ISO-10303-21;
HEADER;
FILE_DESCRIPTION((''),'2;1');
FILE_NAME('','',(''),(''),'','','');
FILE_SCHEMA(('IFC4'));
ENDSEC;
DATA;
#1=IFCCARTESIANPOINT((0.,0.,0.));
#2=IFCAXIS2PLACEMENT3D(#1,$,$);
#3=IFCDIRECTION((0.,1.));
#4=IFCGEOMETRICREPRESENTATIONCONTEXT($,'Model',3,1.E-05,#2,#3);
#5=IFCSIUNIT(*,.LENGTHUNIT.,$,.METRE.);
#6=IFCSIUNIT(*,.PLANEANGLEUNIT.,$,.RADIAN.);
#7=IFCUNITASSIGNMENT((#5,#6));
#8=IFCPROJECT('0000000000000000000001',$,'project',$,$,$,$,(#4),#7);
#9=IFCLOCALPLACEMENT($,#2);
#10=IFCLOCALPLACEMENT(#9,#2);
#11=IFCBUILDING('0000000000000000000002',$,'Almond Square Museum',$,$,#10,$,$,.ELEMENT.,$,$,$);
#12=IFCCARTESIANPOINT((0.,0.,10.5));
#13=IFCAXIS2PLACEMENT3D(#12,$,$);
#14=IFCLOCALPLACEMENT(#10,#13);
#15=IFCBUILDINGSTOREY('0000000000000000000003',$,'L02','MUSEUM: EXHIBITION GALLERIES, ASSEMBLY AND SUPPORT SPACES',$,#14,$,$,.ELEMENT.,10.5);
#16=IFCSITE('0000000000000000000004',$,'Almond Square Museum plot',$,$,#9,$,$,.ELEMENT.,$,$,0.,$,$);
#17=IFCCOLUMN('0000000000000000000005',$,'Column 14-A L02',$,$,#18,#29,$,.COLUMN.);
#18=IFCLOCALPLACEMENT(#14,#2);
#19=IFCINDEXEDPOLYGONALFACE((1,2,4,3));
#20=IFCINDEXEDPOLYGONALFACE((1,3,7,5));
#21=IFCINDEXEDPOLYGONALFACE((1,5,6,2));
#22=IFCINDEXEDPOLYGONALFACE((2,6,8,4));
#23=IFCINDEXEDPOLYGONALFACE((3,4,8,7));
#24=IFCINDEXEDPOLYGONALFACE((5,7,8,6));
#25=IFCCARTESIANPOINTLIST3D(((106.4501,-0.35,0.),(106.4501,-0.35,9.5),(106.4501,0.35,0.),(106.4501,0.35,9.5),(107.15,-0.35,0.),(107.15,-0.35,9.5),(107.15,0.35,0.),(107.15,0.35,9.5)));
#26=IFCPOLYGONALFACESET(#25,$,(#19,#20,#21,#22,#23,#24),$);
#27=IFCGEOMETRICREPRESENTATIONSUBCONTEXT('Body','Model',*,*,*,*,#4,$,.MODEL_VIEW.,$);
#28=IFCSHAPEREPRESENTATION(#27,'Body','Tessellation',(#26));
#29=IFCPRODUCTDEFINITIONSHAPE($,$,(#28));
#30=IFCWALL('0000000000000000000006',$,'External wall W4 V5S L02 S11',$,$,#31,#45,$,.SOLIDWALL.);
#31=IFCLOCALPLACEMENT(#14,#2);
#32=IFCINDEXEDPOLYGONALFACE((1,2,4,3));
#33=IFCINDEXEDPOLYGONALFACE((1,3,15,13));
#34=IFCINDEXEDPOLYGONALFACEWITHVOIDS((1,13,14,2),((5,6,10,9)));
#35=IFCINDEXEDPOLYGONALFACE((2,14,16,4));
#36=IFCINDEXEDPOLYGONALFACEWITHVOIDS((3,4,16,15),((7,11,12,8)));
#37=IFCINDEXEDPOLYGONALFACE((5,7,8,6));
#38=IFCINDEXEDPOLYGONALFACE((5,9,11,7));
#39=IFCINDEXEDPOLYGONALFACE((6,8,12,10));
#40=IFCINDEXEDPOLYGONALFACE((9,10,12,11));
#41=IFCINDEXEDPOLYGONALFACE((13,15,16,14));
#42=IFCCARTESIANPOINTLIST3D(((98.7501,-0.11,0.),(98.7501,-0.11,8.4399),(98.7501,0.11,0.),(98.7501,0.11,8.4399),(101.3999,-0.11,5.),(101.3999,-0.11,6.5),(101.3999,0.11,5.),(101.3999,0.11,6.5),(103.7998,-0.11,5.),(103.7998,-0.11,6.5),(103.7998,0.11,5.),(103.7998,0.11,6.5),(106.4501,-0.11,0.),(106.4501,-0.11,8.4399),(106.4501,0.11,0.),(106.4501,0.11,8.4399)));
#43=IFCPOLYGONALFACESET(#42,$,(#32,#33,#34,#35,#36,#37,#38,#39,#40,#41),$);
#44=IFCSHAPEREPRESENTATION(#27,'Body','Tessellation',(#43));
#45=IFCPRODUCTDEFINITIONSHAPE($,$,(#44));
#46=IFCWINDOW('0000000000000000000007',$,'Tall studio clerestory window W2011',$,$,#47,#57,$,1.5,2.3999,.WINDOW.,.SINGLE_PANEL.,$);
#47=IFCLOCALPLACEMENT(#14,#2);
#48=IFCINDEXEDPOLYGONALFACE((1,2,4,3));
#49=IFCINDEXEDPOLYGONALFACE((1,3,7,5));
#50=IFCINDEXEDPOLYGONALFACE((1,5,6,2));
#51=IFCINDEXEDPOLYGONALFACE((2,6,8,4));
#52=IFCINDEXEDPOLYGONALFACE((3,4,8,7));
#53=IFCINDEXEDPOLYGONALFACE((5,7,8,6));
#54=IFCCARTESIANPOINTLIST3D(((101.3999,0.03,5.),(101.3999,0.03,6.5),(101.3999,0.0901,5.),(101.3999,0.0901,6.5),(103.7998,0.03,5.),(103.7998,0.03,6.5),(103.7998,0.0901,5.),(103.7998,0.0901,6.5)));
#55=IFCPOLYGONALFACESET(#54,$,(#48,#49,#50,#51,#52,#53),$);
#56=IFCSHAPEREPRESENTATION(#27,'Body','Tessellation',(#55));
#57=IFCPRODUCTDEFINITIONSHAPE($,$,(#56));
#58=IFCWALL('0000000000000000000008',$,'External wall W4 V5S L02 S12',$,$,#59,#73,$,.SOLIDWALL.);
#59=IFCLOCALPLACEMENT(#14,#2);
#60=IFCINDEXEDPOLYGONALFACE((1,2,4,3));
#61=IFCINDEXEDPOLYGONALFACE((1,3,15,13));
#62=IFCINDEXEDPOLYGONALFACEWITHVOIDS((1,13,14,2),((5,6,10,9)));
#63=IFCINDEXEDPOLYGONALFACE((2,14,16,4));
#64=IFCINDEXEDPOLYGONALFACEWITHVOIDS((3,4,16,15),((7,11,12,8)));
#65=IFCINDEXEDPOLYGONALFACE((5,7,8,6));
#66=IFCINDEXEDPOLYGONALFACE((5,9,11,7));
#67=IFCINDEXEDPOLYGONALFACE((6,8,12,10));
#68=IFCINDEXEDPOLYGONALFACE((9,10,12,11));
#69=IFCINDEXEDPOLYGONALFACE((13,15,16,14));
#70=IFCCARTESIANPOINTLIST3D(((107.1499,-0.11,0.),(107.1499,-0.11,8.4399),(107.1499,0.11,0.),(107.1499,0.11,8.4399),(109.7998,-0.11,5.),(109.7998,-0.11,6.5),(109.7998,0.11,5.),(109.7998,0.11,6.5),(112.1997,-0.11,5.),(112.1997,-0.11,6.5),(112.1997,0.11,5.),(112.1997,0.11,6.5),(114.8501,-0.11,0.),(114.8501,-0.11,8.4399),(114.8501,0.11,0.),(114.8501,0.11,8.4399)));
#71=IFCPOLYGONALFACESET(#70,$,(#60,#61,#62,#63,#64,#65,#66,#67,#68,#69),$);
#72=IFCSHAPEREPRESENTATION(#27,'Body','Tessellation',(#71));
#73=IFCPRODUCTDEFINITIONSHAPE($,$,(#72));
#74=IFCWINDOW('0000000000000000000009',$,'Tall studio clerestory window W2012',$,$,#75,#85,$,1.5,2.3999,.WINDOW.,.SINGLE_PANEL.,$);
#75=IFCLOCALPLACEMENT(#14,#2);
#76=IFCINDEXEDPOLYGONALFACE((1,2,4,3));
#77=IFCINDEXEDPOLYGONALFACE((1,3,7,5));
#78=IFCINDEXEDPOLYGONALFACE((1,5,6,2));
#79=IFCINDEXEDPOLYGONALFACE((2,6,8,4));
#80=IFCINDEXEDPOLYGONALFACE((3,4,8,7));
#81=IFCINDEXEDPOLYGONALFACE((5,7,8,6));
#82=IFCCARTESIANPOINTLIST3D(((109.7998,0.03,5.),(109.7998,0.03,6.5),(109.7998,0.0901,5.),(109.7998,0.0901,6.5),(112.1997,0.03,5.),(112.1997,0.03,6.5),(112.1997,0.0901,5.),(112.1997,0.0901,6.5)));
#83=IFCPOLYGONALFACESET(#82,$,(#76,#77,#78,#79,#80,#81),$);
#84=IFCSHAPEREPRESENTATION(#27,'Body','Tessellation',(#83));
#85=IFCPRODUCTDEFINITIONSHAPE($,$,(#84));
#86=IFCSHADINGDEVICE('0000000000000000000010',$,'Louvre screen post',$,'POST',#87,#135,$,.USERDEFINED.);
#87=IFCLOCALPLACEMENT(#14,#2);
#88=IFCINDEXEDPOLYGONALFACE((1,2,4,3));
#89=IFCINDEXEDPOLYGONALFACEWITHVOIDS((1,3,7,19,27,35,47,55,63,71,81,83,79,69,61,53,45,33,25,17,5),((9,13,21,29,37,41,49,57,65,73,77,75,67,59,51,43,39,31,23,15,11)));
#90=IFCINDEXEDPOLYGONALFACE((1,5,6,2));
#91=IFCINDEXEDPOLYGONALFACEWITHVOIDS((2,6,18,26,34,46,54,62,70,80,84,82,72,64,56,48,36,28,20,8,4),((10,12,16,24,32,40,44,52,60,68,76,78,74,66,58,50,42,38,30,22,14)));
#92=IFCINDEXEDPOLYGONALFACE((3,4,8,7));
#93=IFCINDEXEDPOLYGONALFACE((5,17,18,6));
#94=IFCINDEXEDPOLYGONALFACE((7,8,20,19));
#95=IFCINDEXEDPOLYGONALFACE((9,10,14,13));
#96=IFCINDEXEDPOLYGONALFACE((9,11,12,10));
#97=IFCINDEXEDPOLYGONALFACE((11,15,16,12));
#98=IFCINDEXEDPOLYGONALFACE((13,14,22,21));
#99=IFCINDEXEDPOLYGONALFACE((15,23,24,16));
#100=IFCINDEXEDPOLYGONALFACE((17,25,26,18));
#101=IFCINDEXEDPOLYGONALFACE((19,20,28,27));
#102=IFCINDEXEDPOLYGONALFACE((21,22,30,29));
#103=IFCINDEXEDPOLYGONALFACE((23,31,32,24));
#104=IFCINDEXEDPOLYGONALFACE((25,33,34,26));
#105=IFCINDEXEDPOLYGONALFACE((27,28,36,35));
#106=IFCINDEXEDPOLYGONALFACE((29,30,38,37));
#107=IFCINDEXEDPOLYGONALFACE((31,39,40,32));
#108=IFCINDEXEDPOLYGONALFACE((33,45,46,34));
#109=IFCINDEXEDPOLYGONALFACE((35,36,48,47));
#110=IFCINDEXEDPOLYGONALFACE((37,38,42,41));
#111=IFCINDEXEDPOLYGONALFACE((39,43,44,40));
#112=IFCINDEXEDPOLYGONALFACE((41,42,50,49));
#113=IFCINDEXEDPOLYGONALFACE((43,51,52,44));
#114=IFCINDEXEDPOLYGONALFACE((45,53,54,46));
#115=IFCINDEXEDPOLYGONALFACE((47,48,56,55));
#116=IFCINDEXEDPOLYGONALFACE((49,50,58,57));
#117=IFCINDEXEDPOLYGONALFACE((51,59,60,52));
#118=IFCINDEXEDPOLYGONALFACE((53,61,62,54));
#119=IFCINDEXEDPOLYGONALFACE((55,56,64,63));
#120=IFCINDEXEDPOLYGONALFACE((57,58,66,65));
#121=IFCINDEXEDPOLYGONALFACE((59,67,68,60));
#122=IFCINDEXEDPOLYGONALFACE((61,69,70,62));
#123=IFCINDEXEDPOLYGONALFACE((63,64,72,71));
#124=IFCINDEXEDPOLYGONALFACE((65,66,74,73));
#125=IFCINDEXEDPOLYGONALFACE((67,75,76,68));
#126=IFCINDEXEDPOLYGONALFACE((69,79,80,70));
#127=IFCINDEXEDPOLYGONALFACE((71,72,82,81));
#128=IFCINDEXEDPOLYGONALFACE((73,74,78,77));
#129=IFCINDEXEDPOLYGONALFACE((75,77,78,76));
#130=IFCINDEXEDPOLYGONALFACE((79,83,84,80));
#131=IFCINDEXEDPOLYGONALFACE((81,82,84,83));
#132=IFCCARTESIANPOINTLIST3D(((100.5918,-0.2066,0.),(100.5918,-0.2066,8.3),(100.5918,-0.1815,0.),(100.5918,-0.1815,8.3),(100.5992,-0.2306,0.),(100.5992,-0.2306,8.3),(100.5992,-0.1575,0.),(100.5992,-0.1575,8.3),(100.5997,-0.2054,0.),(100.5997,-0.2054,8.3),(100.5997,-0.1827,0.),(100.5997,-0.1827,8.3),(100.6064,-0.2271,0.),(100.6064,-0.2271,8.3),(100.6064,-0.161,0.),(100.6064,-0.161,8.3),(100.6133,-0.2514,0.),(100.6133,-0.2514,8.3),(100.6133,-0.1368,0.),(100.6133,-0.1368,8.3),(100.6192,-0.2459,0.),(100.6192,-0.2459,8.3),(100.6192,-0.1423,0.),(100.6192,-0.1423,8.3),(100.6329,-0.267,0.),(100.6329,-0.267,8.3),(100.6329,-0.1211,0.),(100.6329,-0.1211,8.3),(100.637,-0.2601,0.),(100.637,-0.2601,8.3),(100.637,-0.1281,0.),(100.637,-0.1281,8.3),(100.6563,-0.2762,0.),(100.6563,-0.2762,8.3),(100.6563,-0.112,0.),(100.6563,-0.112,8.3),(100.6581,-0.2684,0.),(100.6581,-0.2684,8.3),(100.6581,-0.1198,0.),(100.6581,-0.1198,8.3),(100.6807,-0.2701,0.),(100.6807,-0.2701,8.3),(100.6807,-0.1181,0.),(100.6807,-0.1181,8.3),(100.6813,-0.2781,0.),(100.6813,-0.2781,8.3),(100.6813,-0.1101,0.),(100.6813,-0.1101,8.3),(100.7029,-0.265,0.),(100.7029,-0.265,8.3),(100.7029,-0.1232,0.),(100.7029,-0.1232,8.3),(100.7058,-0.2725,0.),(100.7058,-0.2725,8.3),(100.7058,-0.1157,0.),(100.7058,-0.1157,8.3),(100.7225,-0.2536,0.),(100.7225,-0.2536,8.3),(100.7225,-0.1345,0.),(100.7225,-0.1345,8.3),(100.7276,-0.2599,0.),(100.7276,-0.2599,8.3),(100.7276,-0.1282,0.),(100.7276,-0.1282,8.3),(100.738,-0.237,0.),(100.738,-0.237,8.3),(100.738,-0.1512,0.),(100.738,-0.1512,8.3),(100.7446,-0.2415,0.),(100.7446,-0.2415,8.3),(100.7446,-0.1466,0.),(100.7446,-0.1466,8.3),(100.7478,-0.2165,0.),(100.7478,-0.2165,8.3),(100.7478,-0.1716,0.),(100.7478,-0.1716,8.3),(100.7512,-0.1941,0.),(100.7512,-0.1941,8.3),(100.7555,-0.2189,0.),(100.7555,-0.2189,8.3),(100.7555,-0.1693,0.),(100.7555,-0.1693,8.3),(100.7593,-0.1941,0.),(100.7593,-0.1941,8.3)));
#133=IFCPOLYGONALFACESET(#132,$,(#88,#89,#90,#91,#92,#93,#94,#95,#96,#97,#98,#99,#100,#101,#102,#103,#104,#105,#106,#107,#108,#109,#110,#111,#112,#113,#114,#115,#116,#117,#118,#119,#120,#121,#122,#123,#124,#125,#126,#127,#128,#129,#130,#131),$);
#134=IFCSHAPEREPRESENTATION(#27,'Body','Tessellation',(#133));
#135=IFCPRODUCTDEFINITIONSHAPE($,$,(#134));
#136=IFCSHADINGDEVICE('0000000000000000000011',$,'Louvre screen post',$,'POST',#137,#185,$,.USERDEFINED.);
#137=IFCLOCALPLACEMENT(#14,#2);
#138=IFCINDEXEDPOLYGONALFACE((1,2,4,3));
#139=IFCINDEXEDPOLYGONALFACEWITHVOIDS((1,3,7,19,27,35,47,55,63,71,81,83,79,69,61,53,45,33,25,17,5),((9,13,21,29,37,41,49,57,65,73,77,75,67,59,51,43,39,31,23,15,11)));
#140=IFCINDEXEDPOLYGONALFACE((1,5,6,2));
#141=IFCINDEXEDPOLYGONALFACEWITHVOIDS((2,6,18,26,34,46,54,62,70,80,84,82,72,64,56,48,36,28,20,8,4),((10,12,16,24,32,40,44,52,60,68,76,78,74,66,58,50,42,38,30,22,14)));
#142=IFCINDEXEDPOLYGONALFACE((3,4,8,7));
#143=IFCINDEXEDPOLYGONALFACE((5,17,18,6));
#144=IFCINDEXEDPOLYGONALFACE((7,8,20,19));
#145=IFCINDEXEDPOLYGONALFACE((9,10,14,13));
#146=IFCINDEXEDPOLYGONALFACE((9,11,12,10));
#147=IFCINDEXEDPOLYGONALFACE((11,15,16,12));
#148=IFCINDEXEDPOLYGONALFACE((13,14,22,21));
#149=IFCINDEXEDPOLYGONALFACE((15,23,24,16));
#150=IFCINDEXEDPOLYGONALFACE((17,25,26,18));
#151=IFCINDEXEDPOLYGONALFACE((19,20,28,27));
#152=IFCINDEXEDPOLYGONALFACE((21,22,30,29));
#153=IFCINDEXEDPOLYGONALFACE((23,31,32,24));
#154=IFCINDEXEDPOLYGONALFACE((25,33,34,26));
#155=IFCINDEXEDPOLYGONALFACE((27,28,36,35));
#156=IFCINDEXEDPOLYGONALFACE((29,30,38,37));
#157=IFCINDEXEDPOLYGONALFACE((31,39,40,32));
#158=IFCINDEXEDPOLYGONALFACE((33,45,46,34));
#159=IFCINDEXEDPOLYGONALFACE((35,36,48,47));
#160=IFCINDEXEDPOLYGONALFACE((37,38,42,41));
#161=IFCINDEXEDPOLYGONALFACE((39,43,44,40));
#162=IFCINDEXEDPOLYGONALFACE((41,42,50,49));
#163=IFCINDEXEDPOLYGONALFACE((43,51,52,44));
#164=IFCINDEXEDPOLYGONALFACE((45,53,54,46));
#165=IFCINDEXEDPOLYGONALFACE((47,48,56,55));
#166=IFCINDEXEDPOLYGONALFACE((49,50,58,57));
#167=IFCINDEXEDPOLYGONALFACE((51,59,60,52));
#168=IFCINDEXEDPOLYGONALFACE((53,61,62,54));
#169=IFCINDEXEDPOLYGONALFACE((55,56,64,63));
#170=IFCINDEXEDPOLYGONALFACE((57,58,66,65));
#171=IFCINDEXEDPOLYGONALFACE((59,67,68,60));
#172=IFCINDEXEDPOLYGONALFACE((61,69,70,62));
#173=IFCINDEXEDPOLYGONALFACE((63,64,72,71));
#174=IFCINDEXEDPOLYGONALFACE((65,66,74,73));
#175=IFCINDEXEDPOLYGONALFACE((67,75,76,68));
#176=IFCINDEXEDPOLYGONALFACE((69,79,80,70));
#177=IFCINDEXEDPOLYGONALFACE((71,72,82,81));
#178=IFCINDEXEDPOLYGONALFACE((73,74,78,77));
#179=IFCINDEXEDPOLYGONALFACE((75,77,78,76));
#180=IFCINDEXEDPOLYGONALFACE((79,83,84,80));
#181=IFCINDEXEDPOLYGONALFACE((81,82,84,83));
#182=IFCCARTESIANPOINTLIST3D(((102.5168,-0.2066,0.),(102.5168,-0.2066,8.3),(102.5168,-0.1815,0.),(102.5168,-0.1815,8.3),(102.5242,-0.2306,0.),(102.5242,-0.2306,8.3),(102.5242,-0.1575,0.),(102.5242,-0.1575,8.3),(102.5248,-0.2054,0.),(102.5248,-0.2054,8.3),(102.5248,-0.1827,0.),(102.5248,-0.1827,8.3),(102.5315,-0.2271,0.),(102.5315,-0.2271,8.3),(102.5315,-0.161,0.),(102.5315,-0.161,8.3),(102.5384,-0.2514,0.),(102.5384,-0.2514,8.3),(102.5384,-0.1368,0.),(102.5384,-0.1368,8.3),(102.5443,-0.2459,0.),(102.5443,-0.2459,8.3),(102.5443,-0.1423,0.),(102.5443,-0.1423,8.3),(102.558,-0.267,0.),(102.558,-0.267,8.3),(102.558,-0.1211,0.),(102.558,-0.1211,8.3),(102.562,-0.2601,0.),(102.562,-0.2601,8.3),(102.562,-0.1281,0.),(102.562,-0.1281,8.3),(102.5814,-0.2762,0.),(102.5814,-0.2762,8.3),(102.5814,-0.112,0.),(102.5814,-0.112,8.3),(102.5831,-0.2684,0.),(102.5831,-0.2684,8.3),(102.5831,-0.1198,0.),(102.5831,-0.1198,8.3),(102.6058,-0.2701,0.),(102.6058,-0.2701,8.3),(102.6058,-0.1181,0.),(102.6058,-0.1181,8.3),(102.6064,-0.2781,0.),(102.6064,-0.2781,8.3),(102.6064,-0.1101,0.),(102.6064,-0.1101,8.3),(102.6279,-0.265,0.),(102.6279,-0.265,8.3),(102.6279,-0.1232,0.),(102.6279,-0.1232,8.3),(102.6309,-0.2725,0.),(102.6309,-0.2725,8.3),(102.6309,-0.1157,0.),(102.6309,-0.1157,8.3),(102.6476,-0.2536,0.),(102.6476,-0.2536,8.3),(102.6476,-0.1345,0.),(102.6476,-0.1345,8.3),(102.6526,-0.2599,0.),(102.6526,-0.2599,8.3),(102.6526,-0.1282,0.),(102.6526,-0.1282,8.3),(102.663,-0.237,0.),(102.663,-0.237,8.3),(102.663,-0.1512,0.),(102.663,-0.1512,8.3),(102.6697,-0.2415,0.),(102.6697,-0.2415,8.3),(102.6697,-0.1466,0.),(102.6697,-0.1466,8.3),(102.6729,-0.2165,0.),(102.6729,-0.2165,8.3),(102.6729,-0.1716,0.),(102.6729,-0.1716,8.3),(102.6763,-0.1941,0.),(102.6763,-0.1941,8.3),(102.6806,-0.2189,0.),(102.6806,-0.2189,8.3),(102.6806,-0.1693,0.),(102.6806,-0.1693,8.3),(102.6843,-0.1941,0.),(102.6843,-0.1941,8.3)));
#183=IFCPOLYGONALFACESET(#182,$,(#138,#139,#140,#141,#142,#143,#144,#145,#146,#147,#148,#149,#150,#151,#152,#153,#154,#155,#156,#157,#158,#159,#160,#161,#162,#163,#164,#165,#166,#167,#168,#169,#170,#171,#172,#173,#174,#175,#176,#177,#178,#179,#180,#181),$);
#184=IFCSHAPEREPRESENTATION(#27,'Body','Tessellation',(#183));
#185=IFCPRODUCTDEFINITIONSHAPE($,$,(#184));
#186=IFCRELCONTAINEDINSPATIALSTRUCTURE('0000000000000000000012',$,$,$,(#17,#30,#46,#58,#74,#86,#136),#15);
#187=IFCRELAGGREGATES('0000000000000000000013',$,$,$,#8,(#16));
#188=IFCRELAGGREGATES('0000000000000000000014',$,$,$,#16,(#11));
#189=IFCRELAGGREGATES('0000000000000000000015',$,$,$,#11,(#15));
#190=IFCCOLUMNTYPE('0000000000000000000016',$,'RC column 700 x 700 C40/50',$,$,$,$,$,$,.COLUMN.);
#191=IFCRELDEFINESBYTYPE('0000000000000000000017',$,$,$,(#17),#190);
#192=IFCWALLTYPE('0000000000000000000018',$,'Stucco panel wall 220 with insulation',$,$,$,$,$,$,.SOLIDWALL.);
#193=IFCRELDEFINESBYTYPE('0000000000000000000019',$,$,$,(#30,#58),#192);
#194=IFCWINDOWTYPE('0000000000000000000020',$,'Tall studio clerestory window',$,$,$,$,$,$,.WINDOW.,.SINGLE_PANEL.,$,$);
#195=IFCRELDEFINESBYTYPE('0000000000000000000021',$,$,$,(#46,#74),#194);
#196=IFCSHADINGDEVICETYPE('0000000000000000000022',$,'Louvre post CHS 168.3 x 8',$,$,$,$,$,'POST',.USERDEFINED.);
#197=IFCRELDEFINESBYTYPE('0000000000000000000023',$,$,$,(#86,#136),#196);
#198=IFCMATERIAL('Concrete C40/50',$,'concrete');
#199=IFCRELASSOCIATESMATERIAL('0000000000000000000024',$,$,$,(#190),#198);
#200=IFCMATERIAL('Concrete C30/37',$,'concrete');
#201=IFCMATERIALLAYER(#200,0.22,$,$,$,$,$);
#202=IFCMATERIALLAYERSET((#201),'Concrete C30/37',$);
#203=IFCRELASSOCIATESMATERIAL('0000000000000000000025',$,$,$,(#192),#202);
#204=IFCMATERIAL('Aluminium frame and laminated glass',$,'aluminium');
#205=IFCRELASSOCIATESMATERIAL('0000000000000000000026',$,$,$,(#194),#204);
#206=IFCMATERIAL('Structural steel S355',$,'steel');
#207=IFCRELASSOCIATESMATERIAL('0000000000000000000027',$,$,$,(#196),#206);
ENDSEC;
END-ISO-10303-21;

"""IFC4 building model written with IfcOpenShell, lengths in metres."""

from ifc_helpers import new_model, si_unit, direction, frame, frame_2d, origin, origin_2d, place, context, subcontext, project, spatial, rectangle, hollow_circle, extrude, material, layer, layer_set, material_profile, profile_set, type_object, element, fill, save


model = new_model("IFC4")

# Units and contexts
model_context = context("Model", 3, precision=1e-05, world=origin(), true_north=direction((0.0, 1.0)))
body_context = subcontext(model_context, "Body", "Model", "MODEL_VIEW")
ifc_project = project(units=[si_unit("LENGTHUNIT", "METRE"), si_unit("PLANEANGLEUNIT", "RADIAN")], contexts=[model_context])

# Site, building, storey
site_placement = place(None, origin())
site = spatial("IfcSite", under=ifc_project, at=site_placement, Name="Almond Square Museum plot", CompositionType="ELEMENT", RefElevation=0.0)
building_placement = place(site_placement, origin())
building = spatial("IfcBuilding", under=site, at=building_placement, Name="Almond Square Museum", CompositionType="ELEMENT")
storey_placement = place(building_placement, frame((0.0, 0.0, 10.5)))
storey = spatial("IfcBuildingStorey", under=building, at=storey_placement, Name="L02", Description="MUSEUM: EXHIBITION GALLERIES, ASSEMBLY AND SUPPORT SPACES", CompositionType="ELEMENT", Elevation=10.5)

# Column
ifc_material_1 = material(Name="Concrete C40/50", Category="concrete")
ifc_material_profile_1 = material_profile(ifc_material_1, rectangle(XDim=0.7, YDim=0.7, at=origin_2d()))
ifc_profile_set_1 = profile_set([ifc_material_profile_1], Name="Concrete C40/50")
column_type = type_object("IfcColumnType", Name="RC column 700 x 700 C40/50", PredefinedType="COLUMN", material=ifc_profile_set_1)
column_placement = place(storey_placement, frame((106.8, 0.0, 0.0), z_axis=(0.0, 0.0, 1.0), x_axis=(1.0, 0.0, 0.0)))
element("IfcColumn", 1, at=column_placement, inside=storey, type_object=column_type, Name="Column 14-A L02", PredefinedType="COLUMN", context=body_context, shape_type="SweptSolid", body=[
    extrude(rectangle(XDim=0.7, YDim=0.7, at=origin_2d()), origin(), (0.0, 0.0, 1.0), 9.5),
])

# Walls, openings, windows
ifc_material_2 = material(Name="Concrete C30/37", Category="concrete")
ifc_layer = layer(ifc_material_2, 0.22)
ifc_layer_set = layer_set([ifc_layer], Name="Concrete C30/37")
wall_type = type_object("IfcWallType", Name="Stucco panel wall 220 with insulation", PredefinedType="SOLIDWALL", material=ifc_layer_set)
wall_1_placement = place(storey_placement, frame((98.75, 0.0, 0.0), z_axis=(0.0, 0.0, 1.0), x_axis=(1.0, 0.0, 0.0)))
wall_1 = element("IfcWall", 2, at=wall_1_placement, inside=storey, type_object=wall_type, Name="External wall W4 V5S L02 S11", PredefinedType="SOLIDWALL", context=body_context, shape_type="SweptSolid", body=[
    extrude(rectangle(XDim=7.7, YDim=0.22, at=frame_2d((3.8501, 0.0))), origin(), (0.0, 0.0, 1.0), 8.4399),
])
opening_1_placement = place(wall_1_placement, frame((2.6499, 0.0, 5.0)))
opening_1 = element("IfcOpeningElement", 3, at=opening_1_placement, cuts=wall_1, PredefinedType="OPENING", context=body_context, shape_type="SweptSolid", body=[
    extrude(rectangle(XDim=2.3999, YDim=1.5, at=frame_2d((1.2, 0.75))), frame((0.0, 0.1199, 0.0), z_axis=(0.0, -1.0, 0.0), x_axis=(1.0, 0.0, 0.0)), (0.0, 0.0, 1.0), 0.24),
])
ifc_material_3 = material(Name="Aluminium frame and laminated glass", Category="aluminium")
window_type = type_object("IfcWindowType", Name="Tall studio clerestory window", PartitioningType="SINGLE_PANEL", PredefinedType="WINDOW", material=ifc_material_3)
window_1_placement = place(opening_1_placement, origin())
window_1 = element("IfcWindow", 4, at=window_1_placement, inside=storey, type_object=window_type, Name="Tall studio clerestory window W2011", OverallHeight=1.5, OverallWidth=2.3999, PartitioningType="SINGLE_PANEL", PredefinedType="WINDOW", context=body_context, shape_type="SweptSolid", body=[
    extrude(rectangle(XDim=2.3999, YDim=1.5, at=frame_2d((1.2, 0.75))), frame((0.0, 0.0901, 0.0), z_axis=(0.0, -1.0, 0.0), x_axis=(1.0, 0.0, 0.0)), (0.0, 0.0, 1.0), 0.0601),
])
fill(opening_1, window_1)
wall_2_placement = place(storey_placement, frame((107.1499, 0.0, 0.0), z_axis=(0.0, 0.0, 1.0), x_axis=(1.0, 0.0, 0.0)))
wall_2 = element("IfcWall", 5, at=wall_2_placement, inside=storey, type_object=wall_type, Name="External wall W4 V5S L02 S12", PredefinedType="SOLIDWALL", context=body_context, shape_type="SweptSolid", body=[
    extrude(rectangle(XDim=7.7002, YDim=0.22, at=frame_2d((3.8501, 0.0))), origin(), (0.0, 0.0, 1.0), 8.4399),
])
opening_2_placement = place(wall_2_placement, frame((2.6499, 0.0, 5.0)))
opening_2 = element("IfcOpeningElement", 6, at=opening_2_placement, cuts=wall_2, PredefinedType="OPENING", context=body_context, shape_type="SweptSolid", body=[
    extrude(rectangle(XDim=2.3999, YDim=1.5, at=frame_2d((1.2, 0.75))), frame((0.0, 0.1199, 0.0), z_axis=(0.0, -1.0, 0.0), x_axis=(1.0, 0.0, 0.0)), (0.0, 0.0, 1.0), 0.24),
])
window_2_placement = place(opening_2_placement, origin())
window_2 = element("IfcWindow", 7, at=window_2_placement, inside=storey, type_object=window_type, Name="Tall studio clerestory window W2012", OverallHeight=1.5, OverallWidth=2.3999, PartitioningType="SINGLE_PANEL", PredefinedType="WINDOW", context=body_context, shape_type="SweptSolid", body=[
    extrude(rectangle(XDim=2.3999, YDim=1.5, at=frame_2d((1.2, 0.75))), frame((0.0, 0.0901, 0.0), z_axis=(0.0, -1.0, 0.0), x_axis=(1.0, 0.0, 0.0)), (0.0, 0.0, 1.0), 0.0601),
])
fill(opening_2, window_2)

# Shading devices
ifc_material_4 = material(Name="Structural steel S355", Category="steel")
ifc_material_profile_2 = material_profile(ifc_material_4, hollow_circle(Radius=0.0842, WallThickness=0.0081, at=origin_2d()))
ifc_profile_set_2 = profile_set([ifc_material_profile_2], Name="Structural steel S355")
shading_device_type = type_object("IfcShadingDeviceType", Name="Louvre post CHS 168.3 x 8", ElementType="POST", PredefinedType="USERDEFINED", material=ifc_profile_set_2)
for number, where, z_axis, x_axis, name in (
    (8, (100.675, -0.1941, 0.0), (0.0, 0.0, 1.0), (1.0, 0.0, 0.0), "Louvre screen post"),
    (9, (102.6001, -0.1941, 0.0), (0.0, 0.0, 1.0), (1.0, 0.0, 0.0), "Louvre screen post"),
):
    element("IfcShadingDevice", number, at=place(storey_placement, frame(where, z_axis=z_axis, x_axis=x_axis)), inside=storey, type_object=shading_device_type, Name=name, ObjectType="POST", PredefinedType="USERDEFINED", context=body_context, shape_type="SweptSolid", body=[
        extrude(hollow_circle(Radius=0.0842, WallThickness=0.0081, at=origin_2d()), origin(), (0.0, 0.0, 1.0), 8.3),
    ])

save(model, "model.ifc")
